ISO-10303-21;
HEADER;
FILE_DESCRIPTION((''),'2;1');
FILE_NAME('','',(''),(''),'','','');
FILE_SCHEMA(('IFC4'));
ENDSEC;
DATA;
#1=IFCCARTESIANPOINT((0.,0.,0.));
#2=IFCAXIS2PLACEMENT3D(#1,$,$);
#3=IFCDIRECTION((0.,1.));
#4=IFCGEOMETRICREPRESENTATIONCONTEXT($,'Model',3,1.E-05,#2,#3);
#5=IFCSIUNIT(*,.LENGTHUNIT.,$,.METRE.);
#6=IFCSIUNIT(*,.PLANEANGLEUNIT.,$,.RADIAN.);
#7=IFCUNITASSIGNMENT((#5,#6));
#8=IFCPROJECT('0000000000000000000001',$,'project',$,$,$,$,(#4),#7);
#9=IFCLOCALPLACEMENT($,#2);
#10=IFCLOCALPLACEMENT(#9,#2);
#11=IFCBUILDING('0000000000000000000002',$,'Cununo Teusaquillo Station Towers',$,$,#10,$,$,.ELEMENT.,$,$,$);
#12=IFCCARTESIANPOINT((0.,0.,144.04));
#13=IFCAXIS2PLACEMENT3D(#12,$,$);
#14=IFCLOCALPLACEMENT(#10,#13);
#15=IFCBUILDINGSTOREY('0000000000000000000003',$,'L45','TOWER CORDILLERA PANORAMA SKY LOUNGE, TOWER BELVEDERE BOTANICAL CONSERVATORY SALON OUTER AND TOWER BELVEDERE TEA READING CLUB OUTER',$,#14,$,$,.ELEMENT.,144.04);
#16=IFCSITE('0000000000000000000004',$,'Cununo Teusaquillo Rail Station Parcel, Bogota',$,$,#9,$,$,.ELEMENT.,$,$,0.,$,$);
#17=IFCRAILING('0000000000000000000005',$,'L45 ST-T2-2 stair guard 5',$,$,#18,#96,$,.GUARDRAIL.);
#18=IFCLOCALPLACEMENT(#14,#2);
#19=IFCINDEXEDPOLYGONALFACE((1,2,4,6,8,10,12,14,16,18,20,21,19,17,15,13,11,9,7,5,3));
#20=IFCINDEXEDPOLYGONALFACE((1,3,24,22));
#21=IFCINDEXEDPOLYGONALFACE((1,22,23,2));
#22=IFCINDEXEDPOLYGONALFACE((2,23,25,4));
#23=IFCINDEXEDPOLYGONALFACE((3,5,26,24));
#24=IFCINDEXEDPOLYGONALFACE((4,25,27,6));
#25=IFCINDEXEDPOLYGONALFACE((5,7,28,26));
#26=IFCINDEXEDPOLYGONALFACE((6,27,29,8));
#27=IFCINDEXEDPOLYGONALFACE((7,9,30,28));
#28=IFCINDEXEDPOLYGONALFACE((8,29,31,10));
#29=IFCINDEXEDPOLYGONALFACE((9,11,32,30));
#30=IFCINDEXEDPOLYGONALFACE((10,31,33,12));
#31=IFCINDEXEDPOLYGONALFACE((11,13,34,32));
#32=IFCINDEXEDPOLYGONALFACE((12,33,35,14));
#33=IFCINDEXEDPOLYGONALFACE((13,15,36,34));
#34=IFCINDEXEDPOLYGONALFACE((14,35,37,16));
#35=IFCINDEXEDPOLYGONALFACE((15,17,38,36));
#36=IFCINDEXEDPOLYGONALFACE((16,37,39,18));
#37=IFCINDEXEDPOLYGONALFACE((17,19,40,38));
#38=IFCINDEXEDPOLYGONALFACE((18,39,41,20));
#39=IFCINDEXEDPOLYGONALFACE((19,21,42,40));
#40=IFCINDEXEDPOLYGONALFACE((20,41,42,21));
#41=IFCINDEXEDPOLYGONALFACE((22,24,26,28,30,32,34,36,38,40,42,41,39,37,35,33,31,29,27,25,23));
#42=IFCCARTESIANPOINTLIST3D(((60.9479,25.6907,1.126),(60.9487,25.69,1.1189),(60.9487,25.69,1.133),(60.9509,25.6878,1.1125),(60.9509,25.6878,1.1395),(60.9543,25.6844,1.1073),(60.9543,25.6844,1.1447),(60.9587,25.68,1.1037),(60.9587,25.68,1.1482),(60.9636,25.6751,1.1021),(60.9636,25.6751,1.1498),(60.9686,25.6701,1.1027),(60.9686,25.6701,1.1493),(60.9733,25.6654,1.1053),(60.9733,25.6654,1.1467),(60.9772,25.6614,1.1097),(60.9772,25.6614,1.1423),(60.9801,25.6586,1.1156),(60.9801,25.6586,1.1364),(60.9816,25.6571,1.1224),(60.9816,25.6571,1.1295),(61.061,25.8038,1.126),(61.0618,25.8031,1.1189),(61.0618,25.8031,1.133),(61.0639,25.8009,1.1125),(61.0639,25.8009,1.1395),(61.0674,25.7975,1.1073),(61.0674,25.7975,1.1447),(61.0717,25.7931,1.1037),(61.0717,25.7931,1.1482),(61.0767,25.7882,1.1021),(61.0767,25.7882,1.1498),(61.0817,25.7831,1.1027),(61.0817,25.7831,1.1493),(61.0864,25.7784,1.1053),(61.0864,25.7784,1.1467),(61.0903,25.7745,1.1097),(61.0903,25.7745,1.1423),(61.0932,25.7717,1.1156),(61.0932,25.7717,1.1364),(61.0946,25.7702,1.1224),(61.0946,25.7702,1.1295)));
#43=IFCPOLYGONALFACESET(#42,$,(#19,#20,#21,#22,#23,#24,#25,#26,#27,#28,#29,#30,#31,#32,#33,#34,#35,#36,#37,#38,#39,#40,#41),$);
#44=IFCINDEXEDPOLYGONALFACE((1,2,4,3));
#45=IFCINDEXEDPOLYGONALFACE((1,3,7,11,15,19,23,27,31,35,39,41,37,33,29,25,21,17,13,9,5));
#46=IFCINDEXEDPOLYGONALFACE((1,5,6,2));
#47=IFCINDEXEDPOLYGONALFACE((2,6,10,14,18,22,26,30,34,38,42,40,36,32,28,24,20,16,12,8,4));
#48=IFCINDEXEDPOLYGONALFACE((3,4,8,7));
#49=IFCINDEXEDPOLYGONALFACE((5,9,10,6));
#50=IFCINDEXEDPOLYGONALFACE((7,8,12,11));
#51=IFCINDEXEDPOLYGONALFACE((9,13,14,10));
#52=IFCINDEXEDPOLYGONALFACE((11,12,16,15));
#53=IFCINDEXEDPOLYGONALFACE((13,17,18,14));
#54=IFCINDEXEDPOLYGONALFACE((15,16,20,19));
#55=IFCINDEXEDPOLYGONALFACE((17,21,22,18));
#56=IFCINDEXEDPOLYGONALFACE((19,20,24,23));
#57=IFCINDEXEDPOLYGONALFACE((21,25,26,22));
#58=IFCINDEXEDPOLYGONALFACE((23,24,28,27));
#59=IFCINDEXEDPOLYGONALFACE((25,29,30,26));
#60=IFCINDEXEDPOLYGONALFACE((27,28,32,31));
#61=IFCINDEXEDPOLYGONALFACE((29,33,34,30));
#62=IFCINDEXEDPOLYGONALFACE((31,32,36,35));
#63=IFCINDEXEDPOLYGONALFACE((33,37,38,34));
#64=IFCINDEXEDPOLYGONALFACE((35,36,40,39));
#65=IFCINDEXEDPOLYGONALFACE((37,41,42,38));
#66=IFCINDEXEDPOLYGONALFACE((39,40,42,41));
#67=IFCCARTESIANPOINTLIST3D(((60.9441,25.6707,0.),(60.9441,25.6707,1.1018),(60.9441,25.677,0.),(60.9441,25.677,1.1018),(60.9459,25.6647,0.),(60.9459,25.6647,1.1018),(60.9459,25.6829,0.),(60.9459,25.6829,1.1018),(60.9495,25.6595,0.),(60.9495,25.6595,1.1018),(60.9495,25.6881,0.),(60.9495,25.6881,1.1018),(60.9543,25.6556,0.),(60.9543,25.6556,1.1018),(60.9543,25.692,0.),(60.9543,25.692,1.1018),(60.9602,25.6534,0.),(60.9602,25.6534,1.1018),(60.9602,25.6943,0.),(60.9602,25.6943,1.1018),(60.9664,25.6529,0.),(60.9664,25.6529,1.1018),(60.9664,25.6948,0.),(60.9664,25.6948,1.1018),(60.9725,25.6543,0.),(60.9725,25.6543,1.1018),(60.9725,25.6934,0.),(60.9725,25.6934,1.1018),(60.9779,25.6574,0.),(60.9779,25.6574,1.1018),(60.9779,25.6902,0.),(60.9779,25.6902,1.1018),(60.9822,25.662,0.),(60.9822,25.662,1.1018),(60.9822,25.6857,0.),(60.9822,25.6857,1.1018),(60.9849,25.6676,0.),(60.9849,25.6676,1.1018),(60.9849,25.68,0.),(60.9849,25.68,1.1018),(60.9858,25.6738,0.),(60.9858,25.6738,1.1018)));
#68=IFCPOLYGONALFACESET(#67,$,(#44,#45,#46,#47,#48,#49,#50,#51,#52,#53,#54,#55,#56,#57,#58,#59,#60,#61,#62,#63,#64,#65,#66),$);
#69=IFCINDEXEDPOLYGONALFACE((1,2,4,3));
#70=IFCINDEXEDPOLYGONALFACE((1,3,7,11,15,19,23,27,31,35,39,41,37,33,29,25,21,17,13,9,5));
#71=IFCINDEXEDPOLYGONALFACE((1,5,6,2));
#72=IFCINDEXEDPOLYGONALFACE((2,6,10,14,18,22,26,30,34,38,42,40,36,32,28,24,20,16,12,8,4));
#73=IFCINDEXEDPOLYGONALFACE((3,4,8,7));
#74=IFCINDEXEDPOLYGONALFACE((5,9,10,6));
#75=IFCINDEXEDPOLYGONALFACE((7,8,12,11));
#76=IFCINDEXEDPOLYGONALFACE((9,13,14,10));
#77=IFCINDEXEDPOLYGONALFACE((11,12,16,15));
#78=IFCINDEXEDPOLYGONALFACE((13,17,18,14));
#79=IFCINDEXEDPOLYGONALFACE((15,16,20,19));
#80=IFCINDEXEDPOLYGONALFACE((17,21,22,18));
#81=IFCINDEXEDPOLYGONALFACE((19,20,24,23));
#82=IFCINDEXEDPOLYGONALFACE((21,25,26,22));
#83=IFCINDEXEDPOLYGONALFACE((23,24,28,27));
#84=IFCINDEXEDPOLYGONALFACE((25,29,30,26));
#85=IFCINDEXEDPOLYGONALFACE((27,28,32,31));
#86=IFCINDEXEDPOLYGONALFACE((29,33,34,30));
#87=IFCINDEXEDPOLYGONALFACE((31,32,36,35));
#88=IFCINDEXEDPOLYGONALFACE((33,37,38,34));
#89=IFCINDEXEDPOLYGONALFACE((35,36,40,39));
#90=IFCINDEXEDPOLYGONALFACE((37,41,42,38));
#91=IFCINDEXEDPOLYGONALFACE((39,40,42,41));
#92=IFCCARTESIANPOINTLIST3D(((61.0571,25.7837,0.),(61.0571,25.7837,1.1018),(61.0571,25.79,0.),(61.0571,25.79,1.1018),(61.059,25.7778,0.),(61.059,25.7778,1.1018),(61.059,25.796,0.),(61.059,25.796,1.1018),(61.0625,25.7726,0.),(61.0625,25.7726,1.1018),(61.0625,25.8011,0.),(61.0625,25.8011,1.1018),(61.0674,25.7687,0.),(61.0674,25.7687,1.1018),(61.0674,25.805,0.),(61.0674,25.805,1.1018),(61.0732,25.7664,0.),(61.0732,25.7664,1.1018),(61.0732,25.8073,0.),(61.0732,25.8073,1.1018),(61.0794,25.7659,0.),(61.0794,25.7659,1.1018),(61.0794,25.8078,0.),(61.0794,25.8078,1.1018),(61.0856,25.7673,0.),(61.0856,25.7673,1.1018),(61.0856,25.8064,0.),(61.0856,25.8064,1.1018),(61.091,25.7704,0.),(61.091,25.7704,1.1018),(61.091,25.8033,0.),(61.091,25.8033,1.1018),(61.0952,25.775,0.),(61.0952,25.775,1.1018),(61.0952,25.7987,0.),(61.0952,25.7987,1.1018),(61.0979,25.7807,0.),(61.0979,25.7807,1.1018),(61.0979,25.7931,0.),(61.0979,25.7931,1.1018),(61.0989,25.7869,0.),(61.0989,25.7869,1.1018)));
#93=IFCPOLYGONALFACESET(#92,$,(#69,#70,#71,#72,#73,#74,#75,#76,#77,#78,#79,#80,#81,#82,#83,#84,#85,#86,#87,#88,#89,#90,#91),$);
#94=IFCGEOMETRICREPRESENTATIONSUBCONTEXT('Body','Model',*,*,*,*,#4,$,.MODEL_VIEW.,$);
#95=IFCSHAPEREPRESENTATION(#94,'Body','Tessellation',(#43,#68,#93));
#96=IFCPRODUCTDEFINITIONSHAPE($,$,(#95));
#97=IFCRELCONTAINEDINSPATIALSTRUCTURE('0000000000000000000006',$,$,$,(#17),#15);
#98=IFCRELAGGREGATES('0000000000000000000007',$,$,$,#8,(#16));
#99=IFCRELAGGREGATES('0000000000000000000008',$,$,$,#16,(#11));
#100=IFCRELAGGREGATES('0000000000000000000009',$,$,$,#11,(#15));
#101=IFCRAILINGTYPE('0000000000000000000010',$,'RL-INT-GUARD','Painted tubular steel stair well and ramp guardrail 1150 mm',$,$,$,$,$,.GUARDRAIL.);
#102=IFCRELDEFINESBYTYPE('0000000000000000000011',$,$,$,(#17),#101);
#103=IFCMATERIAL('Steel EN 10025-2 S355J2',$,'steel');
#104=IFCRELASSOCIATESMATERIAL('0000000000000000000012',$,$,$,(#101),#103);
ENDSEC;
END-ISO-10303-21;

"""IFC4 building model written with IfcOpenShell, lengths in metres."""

from ifc_helpers import new_model, si_unit, direction, frame, origin, origin_2d, place, context, subcontext, project, spatial, circle, extrude, material, type_object, element, save


model = new_model("IFC4")

# Units and contexts
model_context = context("Model", 3, precision=1e-05, world=origin(), true_north=direction((0.0, 1.0)))
body_context = subcontext(model_context, "Body", "Model", "MODEL_VIEW")
ifc_project = project(units=[si_unit("LENGTHUNIT", "METRE"), si_unit("PLANEANGLEUNIT", "RADIAN")], contexts=[model_context])

# Site, building, storey
site_placement = place(None, origin())
site = spatial("IfcSite", under=ifc_project, at=site_placement, Name="Cununo Teusaquillo Rail Station Parcel, Bogota", CompositionType="ELEMENT", RefElevation=0.0)
building_placement = place(site_placement, origin())
building = spatial("IfcBuilding", under=site, at=building_placement, Name="Cununo Teusaquillo Station Towers", CompositionType="ELEMENT")
storey_placement = place(building_placement, frame((0.0, 0.0, 144.04)))
storey = spatial("IfcBuildingStorey", under=building, at=storey_placement, Name="L45", Description="TOWER CORDILLERA PANORAMA SKY LOUNGE, TOWER BELVEDERE BOTANICAL CONSERVATORY SALON OUTER AND TOWER BELVEDERE TEA READING CLUB OUTER", CompositionType="ELEMENT", Elevation=144.04)

# Railing
ifc_material_1 = material(Name="Steel EN 10025-2 S355J2", Category="steel")
railing_type_1 = type_object("IfcRailingType", Name="RL-INT-GUARD", Description="Painted tubular steel stair well and ramp guardrail 1150 mm", PredefinedType="GUARDRAIL", material=ifc_material_1)
railing_1_placement = place(storey_placement, frame((60.9648, 25.6738, 0.0)))
element("IfcRailing", 1, at=railing_1_placement, inside=storey, type_object=railing_type_1, Name="L45 ST-T2-2 stair guard 5", PredefinedType="GUARDRAIL", context=body_context, shape_type="SweptSolid", body=[
    extrude(circle(Radius=0.0239, at=origin_2d()), frame((0.0, 0.0, 1.126), z_axis=(0.707107, 0.707107, 0.0), x_axis=(-0.707107, 0.707107, 0.0)), (0.0, 0.0, 1.0), 0.1599),
    extrude(circle(Radius=0.021, at=origin_2d()), origin(), (0.0, 0.0, 1.0), 1.1018),
    extrude(circle(Radius=0.021, at=origin_2d()), frame((0.113, 0.113, 0.0)), (0.0, 0.0, 1.0), 1.1018),
])

save(model, "model.ifc")
